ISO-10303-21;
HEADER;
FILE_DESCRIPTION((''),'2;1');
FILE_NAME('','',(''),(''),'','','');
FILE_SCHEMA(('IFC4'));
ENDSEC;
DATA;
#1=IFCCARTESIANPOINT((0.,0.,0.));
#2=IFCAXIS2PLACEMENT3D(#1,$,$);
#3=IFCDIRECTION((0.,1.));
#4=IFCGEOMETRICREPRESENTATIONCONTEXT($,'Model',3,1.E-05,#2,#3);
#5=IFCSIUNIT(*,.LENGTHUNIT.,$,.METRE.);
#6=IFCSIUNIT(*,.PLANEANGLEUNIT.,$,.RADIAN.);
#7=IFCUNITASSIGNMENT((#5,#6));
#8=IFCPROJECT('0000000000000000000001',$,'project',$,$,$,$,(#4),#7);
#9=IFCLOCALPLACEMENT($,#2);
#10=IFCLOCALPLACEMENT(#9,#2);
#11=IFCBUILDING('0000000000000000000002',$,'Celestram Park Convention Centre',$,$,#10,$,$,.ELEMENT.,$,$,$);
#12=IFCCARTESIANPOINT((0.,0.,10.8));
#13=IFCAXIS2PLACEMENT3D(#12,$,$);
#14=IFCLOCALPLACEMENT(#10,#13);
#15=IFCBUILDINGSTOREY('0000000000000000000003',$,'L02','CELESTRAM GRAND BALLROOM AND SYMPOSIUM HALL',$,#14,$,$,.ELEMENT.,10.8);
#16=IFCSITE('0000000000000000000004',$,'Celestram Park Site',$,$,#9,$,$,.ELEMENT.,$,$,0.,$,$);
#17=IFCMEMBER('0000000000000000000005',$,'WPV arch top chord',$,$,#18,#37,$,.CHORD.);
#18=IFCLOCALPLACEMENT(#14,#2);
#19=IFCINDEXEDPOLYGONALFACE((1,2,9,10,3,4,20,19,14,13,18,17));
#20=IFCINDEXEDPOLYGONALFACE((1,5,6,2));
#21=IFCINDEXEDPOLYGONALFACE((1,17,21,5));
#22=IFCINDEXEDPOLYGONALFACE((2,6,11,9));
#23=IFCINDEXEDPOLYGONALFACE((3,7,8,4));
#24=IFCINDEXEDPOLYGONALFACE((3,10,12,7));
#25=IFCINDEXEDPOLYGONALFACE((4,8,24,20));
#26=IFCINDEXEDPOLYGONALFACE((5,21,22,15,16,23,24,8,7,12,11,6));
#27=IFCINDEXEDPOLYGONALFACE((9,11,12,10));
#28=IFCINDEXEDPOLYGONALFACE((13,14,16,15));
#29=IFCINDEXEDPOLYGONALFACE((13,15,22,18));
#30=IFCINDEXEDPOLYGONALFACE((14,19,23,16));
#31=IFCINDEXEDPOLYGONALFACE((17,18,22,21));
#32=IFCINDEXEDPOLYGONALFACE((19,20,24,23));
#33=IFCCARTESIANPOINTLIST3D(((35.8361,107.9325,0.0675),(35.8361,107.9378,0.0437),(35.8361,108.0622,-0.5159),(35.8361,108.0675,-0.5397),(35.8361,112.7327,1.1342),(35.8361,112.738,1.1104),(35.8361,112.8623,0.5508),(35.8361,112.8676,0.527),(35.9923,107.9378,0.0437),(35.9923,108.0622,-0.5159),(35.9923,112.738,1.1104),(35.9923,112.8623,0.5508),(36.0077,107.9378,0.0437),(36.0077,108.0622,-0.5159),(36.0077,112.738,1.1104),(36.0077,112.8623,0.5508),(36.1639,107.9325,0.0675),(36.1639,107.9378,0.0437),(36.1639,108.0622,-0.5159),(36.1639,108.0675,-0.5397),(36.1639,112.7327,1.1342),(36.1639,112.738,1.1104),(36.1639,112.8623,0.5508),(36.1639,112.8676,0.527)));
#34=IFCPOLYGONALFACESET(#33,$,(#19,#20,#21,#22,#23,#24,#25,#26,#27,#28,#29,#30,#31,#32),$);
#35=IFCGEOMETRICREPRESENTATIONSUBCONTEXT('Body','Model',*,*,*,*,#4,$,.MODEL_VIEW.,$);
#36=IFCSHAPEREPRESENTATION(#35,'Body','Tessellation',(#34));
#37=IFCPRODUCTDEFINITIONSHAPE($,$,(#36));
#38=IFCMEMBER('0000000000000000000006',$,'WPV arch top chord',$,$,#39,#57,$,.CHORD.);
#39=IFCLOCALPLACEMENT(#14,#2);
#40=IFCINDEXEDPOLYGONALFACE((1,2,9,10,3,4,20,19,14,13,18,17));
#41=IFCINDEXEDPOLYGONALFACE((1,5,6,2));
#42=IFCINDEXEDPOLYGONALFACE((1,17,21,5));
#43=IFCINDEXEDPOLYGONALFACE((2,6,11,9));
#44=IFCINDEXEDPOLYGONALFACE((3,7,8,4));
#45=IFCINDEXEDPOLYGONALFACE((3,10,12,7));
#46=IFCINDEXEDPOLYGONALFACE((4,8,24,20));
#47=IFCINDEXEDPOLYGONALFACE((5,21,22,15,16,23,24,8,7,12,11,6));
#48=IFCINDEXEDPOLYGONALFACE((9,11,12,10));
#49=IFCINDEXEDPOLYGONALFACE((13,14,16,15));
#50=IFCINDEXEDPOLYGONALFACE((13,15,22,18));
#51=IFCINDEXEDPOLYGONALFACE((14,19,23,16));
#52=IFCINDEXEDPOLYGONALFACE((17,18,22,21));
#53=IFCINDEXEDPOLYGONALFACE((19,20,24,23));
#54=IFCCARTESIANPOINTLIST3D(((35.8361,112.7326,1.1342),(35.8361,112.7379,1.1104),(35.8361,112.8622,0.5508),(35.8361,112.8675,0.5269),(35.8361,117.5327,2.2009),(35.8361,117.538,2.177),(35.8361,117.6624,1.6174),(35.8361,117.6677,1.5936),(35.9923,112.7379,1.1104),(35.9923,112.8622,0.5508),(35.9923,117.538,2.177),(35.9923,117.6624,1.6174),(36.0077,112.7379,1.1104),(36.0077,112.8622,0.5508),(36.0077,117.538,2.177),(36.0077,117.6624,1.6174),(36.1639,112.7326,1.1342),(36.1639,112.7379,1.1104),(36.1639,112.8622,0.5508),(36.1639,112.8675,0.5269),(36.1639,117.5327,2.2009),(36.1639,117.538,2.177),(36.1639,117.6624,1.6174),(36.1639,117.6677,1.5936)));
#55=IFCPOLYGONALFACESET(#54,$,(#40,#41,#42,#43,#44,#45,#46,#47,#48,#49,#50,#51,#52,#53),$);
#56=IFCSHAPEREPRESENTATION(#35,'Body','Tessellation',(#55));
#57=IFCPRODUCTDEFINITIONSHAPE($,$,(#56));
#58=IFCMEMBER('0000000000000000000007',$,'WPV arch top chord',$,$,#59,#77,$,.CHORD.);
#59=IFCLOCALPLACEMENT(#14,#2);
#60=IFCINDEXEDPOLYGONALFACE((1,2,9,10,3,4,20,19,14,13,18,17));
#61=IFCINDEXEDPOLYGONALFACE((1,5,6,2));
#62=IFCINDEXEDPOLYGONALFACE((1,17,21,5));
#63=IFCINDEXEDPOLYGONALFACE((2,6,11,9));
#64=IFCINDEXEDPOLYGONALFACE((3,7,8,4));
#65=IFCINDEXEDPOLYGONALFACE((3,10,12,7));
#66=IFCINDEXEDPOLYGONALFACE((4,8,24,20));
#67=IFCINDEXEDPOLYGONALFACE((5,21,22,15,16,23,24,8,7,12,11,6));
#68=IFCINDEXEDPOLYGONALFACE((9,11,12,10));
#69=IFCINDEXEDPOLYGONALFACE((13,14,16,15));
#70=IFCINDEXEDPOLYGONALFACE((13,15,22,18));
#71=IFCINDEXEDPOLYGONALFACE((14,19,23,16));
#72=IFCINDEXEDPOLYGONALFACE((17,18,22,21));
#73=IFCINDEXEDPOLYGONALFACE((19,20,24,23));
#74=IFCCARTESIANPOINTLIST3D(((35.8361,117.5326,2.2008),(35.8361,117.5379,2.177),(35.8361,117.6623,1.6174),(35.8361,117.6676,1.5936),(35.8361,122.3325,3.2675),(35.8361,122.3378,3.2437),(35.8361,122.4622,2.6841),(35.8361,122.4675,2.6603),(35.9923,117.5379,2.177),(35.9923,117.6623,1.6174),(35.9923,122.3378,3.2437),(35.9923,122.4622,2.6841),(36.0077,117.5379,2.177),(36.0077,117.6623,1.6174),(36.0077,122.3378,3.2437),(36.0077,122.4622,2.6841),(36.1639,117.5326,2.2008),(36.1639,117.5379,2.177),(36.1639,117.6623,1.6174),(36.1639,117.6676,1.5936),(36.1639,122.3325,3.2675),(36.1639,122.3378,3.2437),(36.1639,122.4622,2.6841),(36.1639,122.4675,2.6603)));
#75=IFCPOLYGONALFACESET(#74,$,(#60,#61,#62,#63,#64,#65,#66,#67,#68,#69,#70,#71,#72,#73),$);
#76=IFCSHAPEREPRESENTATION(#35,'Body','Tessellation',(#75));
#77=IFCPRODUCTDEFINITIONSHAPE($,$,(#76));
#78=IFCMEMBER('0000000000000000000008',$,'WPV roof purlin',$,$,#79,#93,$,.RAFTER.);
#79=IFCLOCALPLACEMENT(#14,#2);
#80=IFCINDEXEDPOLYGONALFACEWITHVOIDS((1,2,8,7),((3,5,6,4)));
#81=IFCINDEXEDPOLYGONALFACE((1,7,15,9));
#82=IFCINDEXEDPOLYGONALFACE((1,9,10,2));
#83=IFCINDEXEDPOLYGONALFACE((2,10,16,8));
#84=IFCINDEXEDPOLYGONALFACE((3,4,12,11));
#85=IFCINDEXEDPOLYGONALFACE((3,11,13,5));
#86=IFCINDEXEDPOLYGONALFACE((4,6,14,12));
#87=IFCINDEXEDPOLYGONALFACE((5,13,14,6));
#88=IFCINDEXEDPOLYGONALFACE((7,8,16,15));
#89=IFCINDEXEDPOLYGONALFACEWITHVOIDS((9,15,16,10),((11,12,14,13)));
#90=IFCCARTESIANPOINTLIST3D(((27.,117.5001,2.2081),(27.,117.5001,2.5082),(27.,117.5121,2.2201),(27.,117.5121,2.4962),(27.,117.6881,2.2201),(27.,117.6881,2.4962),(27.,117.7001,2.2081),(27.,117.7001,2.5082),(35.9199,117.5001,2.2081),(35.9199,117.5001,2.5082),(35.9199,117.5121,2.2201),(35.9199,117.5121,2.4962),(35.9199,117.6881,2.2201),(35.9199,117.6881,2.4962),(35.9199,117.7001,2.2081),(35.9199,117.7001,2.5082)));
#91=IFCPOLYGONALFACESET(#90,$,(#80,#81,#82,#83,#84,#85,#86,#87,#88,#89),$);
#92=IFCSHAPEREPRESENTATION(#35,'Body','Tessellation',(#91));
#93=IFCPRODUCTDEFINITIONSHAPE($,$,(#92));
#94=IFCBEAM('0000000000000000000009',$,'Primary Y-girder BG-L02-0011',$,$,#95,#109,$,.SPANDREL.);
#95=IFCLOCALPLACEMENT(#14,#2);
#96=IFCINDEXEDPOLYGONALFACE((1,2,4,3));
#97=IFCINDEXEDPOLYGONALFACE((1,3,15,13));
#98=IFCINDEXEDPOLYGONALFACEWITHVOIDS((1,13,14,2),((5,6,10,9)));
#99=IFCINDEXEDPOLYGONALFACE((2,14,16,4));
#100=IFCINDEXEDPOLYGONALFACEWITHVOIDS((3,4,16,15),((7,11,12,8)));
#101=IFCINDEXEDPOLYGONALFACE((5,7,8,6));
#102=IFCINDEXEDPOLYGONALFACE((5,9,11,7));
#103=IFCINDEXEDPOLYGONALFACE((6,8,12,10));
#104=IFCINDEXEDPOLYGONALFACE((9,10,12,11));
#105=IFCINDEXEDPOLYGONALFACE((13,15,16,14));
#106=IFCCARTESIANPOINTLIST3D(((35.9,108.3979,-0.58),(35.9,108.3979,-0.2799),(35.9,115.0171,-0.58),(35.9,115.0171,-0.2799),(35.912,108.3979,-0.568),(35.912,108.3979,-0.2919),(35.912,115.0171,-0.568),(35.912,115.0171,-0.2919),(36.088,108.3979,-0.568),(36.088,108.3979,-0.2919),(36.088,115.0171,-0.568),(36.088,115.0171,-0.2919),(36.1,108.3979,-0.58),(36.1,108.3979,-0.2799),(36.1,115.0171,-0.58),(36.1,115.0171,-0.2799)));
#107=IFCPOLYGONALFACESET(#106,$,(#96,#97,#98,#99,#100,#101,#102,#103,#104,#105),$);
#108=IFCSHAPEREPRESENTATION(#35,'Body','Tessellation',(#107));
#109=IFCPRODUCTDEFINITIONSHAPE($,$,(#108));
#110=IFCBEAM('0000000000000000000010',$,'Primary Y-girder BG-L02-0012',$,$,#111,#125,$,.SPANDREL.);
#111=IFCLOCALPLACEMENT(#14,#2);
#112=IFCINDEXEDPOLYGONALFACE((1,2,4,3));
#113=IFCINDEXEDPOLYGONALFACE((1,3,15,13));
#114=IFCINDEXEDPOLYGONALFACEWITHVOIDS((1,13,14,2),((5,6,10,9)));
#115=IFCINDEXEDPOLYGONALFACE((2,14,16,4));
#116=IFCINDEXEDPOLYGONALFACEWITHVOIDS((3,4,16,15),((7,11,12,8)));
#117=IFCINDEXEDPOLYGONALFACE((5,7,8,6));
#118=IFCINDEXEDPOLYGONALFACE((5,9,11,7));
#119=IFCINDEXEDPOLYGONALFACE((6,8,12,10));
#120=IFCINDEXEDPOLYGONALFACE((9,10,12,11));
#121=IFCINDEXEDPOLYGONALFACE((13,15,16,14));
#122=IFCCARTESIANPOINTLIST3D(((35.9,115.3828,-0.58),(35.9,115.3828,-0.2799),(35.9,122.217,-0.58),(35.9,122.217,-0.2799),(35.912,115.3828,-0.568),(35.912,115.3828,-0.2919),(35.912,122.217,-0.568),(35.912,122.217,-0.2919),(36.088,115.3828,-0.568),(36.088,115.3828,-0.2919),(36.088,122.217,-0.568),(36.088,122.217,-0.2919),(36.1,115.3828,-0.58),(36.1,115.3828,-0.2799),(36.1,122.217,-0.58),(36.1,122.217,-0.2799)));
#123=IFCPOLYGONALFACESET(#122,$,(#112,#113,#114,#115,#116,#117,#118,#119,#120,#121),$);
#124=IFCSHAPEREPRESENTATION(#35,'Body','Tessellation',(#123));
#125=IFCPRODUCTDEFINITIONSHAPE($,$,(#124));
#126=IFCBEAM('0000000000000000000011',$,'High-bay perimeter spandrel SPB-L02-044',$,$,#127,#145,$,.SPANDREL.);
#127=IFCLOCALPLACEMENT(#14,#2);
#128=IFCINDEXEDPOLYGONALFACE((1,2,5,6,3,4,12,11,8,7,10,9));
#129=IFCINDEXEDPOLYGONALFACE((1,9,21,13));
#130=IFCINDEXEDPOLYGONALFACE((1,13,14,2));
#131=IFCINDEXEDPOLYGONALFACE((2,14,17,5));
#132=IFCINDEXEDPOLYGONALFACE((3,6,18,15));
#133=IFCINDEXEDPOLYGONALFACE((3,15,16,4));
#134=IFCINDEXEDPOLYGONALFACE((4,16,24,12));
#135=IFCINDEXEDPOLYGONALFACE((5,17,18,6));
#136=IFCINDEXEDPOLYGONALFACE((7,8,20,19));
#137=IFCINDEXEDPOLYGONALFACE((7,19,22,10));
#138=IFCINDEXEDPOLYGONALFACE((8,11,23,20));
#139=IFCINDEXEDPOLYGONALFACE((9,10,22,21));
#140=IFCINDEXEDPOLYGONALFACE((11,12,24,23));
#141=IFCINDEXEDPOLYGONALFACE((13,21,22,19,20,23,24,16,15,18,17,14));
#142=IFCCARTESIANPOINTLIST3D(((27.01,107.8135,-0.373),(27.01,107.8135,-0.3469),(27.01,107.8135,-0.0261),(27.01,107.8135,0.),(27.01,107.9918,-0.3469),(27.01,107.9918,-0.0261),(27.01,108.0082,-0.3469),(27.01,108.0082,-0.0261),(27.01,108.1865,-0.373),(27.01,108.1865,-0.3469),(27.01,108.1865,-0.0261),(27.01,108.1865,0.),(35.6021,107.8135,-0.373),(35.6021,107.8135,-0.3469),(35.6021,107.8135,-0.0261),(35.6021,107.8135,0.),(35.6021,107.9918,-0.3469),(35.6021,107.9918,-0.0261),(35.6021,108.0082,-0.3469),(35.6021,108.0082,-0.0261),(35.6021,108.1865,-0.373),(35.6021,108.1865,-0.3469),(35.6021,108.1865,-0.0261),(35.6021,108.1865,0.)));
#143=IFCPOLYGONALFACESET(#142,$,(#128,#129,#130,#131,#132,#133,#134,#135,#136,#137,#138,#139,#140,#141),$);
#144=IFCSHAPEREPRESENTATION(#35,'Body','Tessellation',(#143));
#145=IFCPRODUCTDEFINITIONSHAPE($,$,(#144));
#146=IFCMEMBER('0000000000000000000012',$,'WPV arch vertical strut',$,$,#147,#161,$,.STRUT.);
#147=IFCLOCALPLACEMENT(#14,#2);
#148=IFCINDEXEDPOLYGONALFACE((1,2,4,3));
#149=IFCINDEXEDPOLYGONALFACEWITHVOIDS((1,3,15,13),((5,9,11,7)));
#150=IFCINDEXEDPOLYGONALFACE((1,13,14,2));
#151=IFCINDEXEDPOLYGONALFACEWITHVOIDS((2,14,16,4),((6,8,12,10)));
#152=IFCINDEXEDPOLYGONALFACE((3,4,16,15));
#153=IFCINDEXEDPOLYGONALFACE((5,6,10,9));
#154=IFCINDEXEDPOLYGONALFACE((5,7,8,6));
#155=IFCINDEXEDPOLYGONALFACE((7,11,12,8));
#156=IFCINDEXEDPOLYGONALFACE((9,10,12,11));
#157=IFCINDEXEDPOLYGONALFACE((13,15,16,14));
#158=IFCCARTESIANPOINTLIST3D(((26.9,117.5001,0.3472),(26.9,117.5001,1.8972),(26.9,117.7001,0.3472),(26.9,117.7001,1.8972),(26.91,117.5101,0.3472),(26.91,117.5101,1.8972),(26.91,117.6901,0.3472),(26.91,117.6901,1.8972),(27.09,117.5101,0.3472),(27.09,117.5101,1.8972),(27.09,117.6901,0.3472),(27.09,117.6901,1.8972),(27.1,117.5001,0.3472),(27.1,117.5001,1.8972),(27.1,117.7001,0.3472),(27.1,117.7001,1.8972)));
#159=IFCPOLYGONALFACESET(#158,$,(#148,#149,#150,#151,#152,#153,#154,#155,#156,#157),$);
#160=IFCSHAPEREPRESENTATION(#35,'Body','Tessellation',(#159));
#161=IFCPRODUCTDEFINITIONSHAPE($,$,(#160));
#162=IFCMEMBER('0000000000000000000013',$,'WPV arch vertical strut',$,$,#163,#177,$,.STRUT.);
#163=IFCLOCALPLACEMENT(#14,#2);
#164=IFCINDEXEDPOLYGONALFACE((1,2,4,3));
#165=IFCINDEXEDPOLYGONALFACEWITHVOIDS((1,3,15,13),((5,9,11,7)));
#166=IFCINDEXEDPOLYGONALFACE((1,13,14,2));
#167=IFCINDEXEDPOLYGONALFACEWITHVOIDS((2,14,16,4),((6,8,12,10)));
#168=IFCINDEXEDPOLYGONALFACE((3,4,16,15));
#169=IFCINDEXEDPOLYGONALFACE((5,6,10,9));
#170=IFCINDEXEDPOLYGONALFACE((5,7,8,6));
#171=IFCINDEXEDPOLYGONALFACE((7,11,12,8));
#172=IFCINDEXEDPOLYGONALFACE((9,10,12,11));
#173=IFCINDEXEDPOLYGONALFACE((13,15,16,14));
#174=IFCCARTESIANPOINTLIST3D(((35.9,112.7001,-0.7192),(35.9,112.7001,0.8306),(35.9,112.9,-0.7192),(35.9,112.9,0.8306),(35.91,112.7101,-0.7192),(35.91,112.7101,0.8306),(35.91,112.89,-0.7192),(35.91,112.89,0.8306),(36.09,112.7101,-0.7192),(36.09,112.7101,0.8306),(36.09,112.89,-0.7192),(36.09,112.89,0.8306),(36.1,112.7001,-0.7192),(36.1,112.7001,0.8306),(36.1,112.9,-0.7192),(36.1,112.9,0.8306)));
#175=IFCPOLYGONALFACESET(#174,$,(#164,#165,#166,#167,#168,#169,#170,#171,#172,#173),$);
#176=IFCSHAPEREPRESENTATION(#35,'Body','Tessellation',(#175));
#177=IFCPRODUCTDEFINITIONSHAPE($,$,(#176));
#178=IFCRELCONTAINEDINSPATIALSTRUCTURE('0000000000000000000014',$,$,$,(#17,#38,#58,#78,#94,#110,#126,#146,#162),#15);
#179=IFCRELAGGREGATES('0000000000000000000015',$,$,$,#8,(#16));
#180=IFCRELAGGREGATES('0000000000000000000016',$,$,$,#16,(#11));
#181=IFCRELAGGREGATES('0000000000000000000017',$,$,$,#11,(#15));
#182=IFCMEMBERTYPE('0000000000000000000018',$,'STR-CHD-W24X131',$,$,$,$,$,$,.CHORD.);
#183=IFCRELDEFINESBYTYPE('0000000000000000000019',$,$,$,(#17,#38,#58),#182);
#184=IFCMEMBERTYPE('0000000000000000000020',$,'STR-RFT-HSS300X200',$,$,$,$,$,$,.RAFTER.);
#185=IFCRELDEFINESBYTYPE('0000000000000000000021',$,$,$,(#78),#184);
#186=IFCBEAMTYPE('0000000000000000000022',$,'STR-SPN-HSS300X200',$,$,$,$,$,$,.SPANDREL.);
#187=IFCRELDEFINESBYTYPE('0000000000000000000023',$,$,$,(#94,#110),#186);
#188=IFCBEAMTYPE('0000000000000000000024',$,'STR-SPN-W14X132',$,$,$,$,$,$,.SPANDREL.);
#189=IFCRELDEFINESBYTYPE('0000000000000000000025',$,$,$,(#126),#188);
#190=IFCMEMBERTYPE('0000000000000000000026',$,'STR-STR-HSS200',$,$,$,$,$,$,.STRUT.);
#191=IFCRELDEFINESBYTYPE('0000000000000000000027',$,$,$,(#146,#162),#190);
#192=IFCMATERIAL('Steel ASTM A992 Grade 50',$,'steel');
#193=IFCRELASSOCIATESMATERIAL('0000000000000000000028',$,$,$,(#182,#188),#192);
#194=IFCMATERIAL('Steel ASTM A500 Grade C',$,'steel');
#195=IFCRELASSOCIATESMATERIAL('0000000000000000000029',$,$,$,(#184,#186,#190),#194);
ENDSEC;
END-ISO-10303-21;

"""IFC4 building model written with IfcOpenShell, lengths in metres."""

from ifc_helpers import new_model, si_unit, direction, frame, origin, origin_2d, place, context, subcontext, project, spatial, hollow_rectangle, i_section, extrude, material, material_profile, profile_set, type_object, element, save


model = new_model("IFC4")

# Units and contexts
model_context = context("Model", 3, precision=1e-05, world=origin(), true_north=direction((0.0, 1.0)))
body_context = subcontext(model_context, "Body", "Model", "MODEL_VIEW")
ifc_project = project(units=[si_unit("LENGTHUNIT", "METRE"), si_unit("PLANEANGLEUNIT", "RADIAN")], contexts=[model_context])

# Site, building, storey
site_placement = place(None, origin())
site = spatial("IfcSite", under=ifc_project, at=site_placement, Name="Celestram Park Site", CompositionType="ELEMENT", RefElevation=0.0)
building_placement = place(site_placement, origin())
building = spatial("IfcBuilding", under=site, at=building_placement, Name="Celestram Park Convention Centre", CompositionType="ELEMENT")
storey_placement = place(building_placement, frame((0.0, 0.0, 10.8)))
storey = spatial("IfcBuildingStorey", under=building, at=storey_placement, Name="L02", Description="CELESTRAM GRAND BALLROOM AND SYMPOSIUM HALL", CompositionType="ELEMENT", Elevation=10.8)

# Shared definitions
ifc_material_1 = material(Name="Steel ASTM A992 Grade 50", Category="steel")

# Members
ifc_material_2 = material(Name="Steel ASTM A500 Grade C", Category="steel")
ifc_material_profile_1 = material_profile(ifc_material_1, i_section(OverallWidth=0.3279, OverallDepth=0.6221, WebThickness=0.0154, FlangeThickness=0.0244, at=origin_2d()), Name="W24X131")
ifc_profile_set_1 = profile_set([ifc_material_profile_1], Name="Steel ASTM A992 Grade 50")
member_type_1 = type_object("IfcMemberType", Name="STR-CHD-W24X131", PredefinedType="CHORD", material=ifc_profile_set_1)
for number, where, z_axis, x_axis, name in (
    (1, (36.0, 108.0, -0.2361), (0.0, 0.976188, 0.216925), (-1.0, 0.0, 0.0), "WPV arch top chord"),
    (2, (36.0, 112.8, 0.8306), (0.0, 0.976188, 0.216925), (-1.0, 0.0, 0.0), "WPV arch top chord"),
):
    element("IfcMember", number, at=place(storey_placement, frame(where, z_axis=z_axis, x_axis=x_axis)), inside=storey, type_object=member_type_1, Name=name, PredefinedType="CHORD", context=body_context, shape_type="SweptSolid", body=[
        extrude(i_section(OverallWidth=0.3279, OverallDepth=0.6221, WebThickness=0.0154, FlangeThickness=0.0244, at=origin_2d()), origin(), (0.0, 0.0, 1.0), 4.9172),
    ])
member_1_placement = place(storey_placement, frame((36.0, 117.6001, 1.8972), z_axis=(0.0, 0.976186, 0.216936), x_axis=(-1.0, 0.0, 0.0)))
element("IfcMember", 3, at=member_1_placement, inside=storey, type_object=member_type_1, Name="WPV arch top chord", PredefinedType="CHORD", context=body_context, shape_type="SweptSolid", body=[
    extrude(i_section(OverallWidth=0.3279, OverallDepth=0.6221, WebThickness=0.0154, FlangeThickness=0.0244, at=origin_2d()), origin(), (0.0, 0.0, 1.0), 4.917),
])
ifc_material_profile_2 = material_profile(ifc_material_2, hollow_rectangle(XDim=0.2, YDim=0.3, WallThickness=0.012, at=origin_2d()), Name="HSS300X200X12")
ifc_profile_set_2 = profile_set([ifc_material_profile_2], Name="Steel ASTM A500 Grade C")
member_type_2 = type_object("IfcMemberType", Name="STR-RFT-HSS300X200", PredefinedType="RAFTER", material=ifc_profile_set_2)
member_2_placement = place(storey_placement, frame((27.0, 117.6001, 2.3582), z_axis=(1.0, 0.0, 0.0), x_axis=(0.0, 1.0, 0.0)))
element("IfcMember", 4, at=member_2_placement, inside=storey, type_object=member_type_2, Name="WPV roof purlin", PredefinedType="RAFTER", context=body_context, shape_type="SweptSolid", body=[
    extrude(hollow_rectangle(XDim=0.2, YDim=0.3, WallThickness=0.012, at=origin_2d()), origin(), (0.0, 0.0, 1.0), 8.9199),
])

# Beams
ifc_material_profile_3 = material_profile(ifc_material_2, hollow_rectangle(XDim=0.2, YDim=0.3, WallThickness=0.012, at=origin_2d()), Name="HSS300X200X12")
ifc_profile_set_3 = profile_set([ifc_material_profile_3], Name="Steel ASTM A500 Grade C")
beam_type_1 = type_object("IfcBeamType", Name="STR-SPN-HSS300X200", PredefinedType="SPANDREL", material=ifc_profile_set_3)
beam_1_placement = place(storey_placement, frame((36.0, 108.3979, -0.4299), z_axis=(0.0, 1.0, 0.0), x_axis=(-1.0, 0.0, 0.0)))
element("IfcBeam", 5, at=beam_1_placement, inside=storey, type_object=beam_type_1, Name="Primary Y-girder BG-L02-0011", PredefinedType="SPANDREL", context=body_context, shape_type="SweptSolid", body=[
    extrude(hollow_rectangle(XDim=0.2, YDim=0.3, WallThickness=0.012, at=origin_2d()), origin(), (0.0, 0.0, 1.0), 6.6191),
])
beam_2_placement = place(storey_placement, frame((36.0, 115.3828, -0.4299), z_axis=(0.0, 1.0, 0.0), x_axis=(-1.0, 0.0, 0.0)))
element("IfcBeam", 6, at=beam_2_placement, inside=storey, type_object=beam_type_1, Name="Primary Y-girder BG-L02-0012", PredefinedType="SPANDREL", context=body_context, shape_type="SweptSolid", body=[
    extrude(hollow_rectangle(XDim=0.2, YDim=0.3, WallThickness=0.012, at=origin_2d()), origin(), (0.0, 0.0, 1.0), 6.8342),
])
ifc_material_profile_4 = material_profile(ifc_material_1, i_section(OverallWidth=0.373, OverallDepth=0.373, WebThickness=0.0164, FlangeThickness=0.0261, at=origin_2d()), Name="W14X132")
ifc_profile_set_4 = profile_set([ifc_material_profile_4], Name="Steel ASTM A992 Grade 50")
beam_type_2 = type_object("IfcBeamType", Name="STR-SPN-W14X132", PredefinedType="SPANDREL", material=ifc_profile_set_4)
beam_3_placement = place(storey_placement, frame((27.01, 108.0, -0.1865), z_axis=(1.0, 0.0, 0.0), x_axis=(0.0, 1.0, 0.0)))
element("IfcBeam", 7, at=beam_3_placement, inside=storey, type_object=beam_type_2, Name="High-bay perimeter spandrel SPB-L02-044", PredefinedType="SPANDREL", context=body_context, shape_type="SweptSolid", body=[
    extrude(i_section(OverallWidth=0.373, OverallDepth=0.373, WebThickness=0.0164, FlangeThickness=0.0261, at=origin_2d()), origin(), (0.0, 0.0, 1.0), 8.592),
])

# Members
ifc_material_profile_5 = material_profile(ifc_material_2, hollow_rectangle(XDim=0.2, YDim=0.2, WallThickness=0.01, at=origin_2d()), Name="HSS200X200X10")
ifc_profile_set_5 = profile_set([ifc_material_profile_5], Name="Steel ASTM A500 Grade C")
member_type_3 = type_object("IfcMemberType", Name="STR-STR-HSS200", PredefinedType="STRUT", material=ifc_profile_set_5)
member_3_placement = place(storey_placement, frame((27.0, 117.6001, 0.3472), z_axis=(0.0, 0.0, 1.0), x_axis=(1.0, 0.0, 0.0)))
element("IfcMember", 8, at=member_3_placement, inside=storey, type_object=member_type_3, Name="WPV arch vertical strut", PredefinedType="STRUT", context=body_context, shape_type="SweptSolid", body=[
    extrude(hollow_rectangle(XDim=0.2, YDim=0.2, WallThickness=0.01, at=origin_2d()), origin(), (0.0, 0.0, 1.0), 1.55),
])
member_4_placement = place(storey_placement, frame((36.0, 112.8, -0.7192), z_axis=(0.0, 0.0, 1.0), x_axis=(1.0, 0.0, 0.0)))
element("IfcMember", 9, at=member_4_placement, inside=storey, type_object=member_type_3, Name="WPV arch vertical strut", PredefinedType="STRUT", context=body_context, shape_type="SweptSolid", body=[
    extrude(hollow_rectangle(XDim=0.2, YDim=0.2, WallThickness=0.01, at=origin_2d()), origin(), (0.0, 0.0, 1.0), 1.5498),
])

save(model, "model.ifc")
